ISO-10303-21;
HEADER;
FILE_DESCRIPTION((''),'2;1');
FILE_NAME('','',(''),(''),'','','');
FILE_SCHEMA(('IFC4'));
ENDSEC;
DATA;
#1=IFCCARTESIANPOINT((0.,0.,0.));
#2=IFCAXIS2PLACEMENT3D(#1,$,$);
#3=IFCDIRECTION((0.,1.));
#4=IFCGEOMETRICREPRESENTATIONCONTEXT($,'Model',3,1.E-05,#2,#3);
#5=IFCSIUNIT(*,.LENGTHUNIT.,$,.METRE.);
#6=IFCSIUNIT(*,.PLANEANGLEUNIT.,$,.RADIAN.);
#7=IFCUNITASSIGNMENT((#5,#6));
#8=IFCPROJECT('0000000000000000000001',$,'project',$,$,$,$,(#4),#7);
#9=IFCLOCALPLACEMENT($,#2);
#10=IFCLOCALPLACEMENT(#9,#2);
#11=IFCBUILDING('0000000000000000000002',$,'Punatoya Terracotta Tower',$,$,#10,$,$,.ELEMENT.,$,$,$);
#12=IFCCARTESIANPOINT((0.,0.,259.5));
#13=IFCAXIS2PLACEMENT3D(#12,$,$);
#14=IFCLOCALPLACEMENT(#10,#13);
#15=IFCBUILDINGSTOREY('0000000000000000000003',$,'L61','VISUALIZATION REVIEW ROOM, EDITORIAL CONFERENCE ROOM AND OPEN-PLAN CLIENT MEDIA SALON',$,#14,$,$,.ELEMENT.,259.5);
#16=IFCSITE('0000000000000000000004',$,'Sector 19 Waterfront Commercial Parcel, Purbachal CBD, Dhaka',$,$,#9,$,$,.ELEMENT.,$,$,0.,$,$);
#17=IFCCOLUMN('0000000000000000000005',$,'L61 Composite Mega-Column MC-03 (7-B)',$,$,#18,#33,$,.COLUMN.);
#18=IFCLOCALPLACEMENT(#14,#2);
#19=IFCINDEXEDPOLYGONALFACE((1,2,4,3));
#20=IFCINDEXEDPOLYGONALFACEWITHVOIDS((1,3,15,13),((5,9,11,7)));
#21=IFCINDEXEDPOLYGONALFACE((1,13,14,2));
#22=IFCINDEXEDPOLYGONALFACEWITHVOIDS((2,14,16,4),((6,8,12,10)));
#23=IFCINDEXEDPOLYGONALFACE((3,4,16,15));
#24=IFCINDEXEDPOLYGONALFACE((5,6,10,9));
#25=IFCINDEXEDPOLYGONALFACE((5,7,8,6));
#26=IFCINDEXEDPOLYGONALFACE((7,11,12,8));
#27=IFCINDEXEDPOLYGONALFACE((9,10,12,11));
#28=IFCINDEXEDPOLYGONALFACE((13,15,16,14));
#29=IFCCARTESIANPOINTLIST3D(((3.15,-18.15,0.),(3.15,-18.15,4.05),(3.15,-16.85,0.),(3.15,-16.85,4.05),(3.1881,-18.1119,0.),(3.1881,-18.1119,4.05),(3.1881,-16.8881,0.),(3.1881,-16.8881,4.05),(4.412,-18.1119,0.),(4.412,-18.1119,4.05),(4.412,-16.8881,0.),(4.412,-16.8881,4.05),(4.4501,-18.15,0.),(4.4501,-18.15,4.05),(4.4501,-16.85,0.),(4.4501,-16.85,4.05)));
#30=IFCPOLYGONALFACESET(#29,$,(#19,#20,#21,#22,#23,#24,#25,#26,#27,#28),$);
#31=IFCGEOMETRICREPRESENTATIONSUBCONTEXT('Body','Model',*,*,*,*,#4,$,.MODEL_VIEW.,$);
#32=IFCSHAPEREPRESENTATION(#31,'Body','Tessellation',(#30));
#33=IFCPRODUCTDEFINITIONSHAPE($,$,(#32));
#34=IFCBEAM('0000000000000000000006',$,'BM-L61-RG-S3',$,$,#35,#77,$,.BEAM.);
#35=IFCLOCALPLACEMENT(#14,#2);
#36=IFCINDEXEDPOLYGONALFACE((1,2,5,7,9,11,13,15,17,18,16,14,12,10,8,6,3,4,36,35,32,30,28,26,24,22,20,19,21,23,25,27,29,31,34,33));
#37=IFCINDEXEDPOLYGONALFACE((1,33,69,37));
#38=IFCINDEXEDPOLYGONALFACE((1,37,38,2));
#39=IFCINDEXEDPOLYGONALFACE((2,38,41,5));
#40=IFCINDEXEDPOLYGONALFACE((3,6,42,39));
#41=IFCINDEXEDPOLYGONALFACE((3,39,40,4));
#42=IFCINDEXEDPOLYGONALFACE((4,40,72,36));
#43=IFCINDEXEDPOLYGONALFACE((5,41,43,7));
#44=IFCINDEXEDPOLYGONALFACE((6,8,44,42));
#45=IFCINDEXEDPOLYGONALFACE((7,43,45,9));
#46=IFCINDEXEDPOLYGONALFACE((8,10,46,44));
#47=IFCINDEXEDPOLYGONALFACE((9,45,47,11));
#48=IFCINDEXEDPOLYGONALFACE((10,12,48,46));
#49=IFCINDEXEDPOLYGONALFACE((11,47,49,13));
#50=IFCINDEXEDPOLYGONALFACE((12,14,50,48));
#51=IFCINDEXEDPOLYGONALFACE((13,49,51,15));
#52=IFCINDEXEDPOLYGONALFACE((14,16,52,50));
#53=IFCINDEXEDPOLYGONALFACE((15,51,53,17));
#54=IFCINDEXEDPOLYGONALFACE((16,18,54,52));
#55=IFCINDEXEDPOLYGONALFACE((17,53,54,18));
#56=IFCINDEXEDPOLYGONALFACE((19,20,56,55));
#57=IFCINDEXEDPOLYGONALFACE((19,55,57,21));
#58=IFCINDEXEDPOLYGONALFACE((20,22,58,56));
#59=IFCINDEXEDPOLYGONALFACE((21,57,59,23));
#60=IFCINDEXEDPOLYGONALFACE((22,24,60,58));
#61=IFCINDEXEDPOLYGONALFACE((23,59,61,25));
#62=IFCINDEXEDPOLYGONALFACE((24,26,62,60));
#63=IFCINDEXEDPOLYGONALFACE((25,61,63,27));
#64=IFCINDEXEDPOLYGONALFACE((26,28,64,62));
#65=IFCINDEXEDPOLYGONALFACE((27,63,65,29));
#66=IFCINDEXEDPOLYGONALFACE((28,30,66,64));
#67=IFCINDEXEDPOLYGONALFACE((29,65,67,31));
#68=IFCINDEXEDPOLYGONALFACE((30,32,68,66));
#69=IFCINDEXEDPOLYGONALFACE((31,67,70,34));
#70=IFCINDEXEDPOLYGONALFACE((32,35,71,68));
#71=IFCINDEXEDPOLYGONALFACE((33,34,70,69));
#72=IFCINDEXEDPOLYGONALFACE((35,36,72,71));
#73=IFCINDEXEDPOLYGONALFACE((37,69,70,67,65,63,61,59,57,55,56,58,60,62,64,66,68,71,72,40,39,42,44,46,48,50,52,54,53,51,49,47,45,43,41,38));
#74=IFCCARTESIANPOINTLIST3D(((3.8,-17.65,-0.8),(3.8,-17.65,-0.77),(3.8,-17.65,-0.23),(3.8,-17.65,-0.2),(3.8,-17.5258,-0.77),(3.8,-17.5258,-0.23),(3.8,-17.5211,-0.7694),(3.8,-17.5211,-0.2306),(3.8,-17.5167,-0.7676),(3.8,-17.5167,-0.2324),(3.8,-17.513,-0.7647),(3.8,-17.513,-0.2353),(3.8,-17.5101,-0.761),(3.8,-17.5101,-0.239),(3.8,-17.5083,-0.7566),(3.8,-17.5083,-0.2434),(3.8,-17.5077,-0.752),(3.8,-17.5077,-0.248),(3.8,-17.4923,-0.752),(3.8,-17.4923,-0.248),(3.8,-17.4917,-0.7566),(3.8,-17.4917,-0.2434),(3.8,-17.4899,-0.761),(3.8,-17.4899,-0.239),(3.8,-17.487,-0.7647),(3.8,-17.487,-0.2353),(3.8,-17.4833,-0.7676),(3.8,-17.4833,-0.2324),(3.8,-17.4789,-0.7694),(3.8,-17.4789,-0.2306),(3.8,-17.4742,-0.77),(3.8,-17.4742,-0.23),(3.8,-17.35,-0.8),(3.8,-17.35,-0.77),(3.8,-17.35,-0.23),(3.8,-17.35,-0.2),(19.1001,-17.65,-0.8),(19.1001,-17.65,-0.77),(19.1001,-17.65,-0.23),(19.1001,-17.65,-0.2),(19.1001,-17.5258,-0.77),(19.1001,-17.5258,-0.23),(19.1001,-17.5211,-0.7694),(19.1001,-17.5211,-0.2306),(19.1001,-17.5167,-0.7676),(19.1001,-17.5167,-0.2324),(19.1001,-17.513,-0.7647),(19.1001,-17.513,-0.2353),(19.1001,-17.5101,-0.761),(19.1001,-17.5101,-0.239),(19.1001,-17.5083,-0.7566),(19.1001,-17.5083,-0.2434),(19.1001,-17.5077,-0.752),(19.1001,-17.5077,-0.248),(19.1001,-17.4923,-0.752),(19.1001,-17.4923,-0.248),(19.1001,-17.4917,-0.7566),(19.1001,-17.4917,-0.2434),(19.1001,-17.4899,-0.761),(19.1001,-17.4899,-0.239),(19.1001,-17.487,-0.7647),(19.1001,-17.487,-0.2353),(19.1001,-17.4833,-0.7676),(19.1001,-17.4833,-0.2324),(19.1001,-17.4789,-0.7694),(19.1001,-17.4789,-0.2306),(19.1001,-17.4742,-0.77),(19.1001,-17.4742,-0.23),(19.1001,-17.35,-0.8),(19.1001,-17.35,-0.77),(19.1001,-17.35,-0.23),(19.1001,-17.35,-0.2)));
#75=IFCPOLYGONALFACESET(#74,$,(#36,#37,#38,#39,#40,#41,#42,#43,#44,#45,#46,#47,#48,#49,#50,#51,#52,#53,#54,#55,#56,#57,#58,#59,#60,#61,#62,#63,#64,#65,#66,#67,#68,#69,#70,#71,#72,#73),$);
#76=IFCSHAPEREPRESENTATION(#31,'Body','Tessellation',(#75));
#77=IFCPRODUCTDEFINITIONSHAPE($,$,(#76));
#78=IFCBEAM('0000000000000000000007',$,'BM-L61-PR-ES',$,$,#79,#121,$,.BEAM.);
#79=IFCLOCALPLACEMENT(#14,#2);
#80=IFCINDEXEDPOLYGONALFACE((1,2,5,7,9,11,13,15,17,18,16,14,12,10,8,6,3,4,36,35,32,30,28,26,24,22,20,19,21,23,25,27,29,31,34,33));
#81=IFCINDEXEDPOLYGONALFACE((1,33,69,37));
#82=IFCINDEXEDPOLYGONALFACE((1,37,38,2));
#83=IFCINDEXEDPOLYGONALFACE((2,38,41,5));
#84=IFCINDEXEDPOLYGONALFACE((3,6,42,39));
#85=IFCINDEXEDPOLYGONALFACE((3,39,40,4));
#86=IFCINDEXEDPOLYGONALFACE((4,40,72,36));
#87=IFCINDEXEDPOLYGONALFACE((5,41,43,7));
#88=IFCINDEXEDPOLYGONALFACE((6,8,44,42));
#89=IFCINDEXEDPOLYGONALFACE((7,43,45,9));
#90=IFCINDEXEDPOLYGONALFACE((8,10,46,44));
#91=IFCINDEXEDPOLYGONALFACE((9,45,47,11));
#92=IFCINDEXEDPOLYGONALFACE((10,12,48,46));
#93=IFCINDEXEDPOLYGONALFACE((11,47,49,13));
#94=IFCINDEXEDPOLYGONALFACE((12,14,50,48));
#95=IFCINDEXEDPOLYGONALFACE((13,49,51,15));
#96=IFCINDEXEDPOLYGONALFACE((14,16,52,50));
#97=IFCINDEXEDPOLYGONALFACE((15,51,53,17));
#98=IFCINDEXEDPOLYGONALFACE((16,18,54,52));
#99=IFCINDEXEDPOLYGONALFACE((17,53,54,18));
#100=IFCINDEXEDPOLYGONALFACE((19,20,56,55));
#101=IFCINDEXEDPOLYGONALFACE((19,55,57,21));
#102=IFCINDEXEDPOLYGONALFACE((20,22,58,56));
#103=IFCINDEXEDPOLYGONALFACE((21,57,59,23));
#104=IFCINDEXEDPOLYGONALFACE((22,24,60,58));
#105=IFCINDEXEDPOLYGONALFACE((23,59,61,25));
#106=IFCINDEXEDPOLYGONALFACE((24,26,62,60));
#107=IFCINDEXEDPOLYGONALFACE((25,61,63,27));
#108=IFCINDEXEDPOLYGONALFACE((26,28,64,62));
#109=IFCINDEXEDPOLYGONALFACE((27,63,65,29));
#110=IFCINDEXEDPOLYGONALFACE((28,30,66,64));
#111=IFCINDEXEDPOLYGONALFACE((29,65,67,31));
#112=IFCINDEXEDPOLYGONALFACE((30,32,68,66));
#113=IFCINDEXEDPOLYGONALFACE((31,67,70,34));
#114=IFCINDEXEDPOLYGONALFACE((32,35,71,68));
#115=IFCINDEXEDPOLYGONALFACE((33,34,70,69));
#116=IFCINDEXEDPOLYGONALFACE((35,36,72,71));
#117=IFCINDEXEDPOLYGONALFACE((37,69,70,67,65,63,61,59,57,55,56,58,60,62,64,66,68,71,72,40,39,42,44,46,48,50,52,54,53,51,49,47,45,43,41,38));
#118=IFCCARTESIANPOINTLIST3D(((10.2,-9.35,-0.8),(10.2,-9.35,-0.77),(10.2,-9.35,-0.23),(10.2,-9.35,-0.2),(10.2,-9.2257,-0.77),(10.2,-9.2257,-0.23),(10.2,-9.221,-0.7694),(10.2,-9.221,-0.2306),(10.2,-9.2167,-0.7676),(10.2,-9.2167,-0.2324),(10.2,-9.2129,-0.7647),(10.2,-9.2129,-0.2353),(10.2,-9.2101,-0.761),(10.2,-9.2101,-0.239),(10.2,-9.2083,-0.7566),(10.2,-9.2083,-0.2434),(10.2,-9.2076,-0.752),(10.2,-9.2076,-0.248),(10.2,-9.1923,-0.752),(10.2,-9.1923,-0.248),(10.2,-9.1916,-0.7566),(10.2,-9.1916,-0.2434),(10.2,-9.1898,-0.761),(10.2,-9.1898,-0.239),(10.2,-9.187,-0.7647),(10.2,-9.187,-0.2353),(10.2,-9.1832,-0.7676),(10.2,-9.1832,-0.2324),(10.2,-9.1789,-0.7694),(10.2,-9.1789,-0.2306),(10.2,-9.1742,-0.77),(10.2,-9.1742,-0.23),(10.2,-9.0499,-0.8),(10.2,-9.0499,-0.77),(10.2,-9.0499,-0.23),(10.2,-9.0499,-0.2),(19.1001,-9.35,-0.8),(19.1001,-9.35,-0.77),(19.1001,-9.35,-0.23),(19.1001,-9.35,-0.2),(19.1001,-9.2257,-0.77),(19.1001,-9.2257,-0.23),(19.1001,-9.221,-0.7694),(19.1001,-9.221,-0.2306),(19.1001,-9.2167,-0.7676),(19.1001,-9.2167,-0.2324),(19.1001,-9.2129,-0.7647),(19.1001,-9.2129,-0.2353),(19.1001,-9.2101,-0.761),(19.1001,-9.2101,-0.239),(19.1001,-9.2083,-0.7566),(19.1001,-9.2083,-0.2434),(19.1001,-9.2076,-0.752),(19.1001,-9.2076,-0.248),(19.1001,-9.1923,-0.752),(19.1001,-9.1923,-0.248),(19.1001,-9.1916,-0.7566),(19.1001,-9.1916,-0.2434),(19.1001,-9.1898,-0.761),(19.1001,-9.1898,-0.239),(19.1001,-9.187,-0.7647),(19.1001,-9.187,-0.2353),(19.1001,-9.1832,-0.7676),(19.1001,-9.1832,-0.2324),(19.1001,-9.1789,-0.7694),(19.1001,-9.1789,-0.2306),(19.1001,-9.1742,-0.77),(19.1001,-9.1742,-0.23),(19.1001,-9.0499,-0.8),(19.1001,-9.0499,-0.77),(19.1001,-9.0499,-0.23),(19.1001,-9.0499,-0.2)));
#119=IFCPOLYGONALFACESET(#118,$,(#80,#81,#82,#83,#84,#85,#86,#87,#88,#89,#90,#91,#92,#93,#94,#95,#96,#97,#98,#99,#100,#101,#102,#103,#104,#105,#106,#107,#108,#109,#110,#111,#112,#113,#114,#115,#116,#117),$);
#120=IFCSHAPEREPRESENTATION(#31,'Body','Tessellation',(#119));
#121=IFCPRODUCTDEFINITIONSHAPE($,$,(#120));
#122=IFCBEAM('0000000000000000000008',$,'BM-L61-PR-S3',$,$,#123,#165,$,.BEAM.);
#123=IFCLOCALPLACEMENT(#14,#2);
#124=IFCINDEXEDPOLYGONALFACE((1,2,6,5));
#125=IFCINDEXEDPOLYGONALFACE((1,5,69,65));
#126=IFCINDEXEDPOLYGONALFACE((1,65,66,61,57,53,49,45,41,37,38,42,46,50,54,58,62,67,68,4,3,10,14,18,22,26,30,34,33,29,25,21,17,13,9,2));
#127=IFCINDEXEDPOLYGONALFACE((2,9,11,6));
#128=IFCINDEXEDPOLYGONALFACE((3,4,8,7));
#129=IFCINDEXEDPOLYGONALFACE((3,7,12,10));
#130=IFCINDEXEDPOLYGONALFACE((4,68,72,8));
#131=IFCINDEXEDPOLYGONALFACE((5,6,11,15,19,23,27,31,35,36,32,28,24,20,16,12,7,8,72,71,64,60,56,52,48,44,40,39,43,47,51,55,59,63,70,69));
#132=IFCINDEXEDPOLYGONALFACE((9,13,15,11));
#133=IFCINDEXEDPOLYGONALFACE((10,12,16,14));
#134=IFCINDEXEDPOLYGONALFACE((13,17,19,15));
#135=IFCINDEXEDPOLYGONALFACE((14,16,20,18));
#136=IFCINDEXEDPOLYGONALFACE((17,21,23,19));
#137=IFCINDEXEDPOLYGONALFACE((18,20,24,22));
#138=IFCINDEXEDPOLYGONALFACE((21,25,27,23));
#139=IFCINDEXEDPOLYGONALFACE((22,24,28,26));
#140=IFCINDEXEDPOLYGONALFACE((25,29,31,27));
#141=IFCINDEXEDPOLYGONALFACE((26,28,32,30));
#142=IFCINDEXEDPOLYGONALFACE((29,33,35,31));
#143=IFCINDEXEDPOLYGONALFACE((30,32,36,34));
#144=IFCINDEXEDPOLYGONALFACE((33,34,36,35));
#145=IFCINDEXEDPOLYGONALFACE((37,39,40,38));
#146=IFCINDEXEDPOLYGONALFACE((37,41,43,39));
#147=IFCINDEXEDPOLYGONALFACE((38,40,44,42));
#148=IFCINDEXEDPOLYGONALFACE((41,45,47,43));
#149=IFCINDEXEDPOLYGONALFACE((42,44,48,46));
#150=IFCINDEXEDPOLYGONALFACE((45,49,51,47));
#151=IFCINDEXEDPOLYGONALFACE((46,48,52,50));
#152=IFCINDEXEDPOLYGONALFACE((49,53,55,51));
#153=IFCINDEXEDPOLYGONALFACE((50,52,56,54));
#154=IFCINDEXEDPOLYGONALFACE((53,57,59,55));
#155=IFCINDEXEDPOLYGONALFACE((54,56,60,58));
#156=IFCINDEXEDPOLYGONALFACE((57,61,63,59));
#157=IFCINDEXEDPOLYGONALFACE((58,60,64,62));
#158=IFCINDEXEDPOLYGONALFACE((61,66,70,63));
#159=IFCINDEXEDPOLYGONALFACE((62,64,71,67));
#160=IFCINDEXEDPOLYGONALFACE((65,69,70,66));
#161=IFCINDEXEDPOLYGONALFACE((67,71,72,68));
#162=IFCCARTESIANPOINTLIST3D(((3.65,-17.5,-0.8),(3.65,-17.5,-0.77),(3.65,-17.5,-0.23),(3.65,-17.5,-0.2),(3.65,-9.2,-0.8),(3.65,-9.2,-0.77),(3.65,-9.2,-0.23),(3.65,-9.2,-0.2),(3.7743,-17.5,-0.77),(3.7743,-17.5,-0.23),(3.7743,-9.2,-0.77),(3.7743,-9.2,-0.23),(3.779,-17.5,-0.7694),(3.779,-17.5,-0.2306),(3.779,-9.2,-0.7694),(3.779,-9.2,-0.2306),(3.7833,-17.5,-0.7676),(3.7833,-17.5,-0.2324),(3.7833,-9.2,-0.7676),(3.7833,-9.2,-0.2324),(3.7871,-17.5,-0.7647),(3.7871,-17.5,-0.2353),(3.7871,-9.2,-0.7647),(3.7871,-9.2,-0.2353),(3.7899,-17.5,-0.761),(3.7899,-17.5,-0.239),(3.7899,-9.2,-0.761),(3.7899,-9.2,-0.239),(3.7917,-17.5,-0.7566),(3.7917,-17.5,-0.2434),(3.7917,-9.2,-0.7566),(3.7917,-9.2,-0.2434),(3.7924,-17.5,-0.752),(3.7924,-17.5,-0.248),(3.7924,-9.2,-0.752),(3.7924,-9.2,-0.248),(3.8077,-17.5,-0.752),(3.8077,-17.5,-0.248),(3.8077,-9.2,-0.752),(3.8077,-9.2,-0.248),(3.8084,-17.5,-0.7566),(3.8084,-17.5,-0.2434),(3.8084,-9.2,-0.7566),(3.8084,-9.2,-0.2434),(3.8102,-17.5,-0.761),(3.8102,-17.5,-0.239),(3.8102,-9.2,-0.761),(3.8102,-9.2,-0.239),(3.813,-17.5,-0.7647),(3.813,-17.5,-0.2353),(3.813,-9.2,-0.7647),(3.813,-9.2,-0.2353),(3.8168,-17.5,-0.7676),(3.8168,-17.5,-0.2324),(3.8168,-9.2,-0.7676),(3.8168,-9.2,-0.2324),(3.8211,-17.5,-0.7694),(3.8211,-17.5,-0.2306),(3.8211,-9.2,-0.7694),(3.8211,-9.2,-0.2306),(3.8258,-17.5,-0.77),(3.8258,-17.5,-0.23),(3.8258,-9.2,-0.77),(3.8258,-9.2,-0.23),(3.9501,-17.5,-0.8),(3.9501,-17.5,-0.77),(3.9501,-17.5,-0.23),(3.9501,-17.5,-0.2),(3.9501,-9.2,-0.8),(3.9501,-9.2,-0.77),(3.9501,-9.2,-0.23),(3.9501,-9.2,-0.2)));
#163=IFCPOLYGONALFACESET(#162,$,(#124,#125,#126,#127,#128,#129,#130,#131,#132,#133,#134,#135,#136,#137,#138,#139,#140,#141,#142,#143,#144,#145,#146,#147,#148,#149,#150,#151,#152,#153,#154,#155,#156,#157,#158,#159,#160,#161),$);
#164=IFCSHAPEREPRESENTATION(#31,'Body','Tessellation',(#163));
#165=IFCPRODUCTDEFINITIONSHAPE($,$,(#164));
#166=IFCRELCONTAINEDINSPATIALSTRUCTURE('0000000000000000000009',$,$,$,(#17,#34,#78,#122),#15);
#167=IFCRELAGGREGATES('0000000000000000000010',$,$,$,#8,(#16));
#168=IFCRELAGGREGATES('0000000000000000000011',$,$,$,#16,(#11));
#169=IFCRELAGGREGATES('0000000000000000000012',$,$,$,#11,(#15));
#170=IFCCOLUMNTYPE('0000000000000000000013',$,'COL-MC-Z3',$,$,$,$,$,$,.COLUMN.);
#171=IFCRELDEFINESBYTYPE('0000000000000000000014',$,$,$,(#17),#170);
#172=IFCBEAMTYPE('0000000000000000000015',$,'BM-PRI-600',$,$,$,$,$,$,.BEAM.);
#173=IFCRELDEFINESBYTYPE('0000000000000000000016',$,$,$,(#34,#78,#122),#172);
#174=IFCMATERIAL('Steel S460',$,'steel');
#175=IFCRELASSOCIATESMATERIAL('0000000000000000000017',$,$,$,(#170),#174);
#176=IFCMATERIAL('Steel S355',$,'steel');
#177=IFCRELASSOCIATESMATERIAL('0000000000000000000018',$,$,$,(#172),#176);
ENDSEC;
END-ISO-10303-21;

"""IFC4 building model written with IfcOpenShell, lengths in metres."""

from ifc_helpers import new_model, si_unit, direction, frame, origin, origin_2d, place, context, subcontext, project, spatial, hollow_rectangle, i_section, extrude, material, material_profile, profile_set, type_object, element, save


model = new_model("IFC4")

# Units and contexts
model_context = context("Model", 3, precision=1e-05, world=origin(), true_north=direction((0.0, 1.0)))
body_context = subcontext(model_context, "Body", "Model", "MODEL_VIEW")
ifc_project = project(units=[si_unit("LENGTHUNIT", "METRE"), si_unit("PLANEANGLEUNIT", "RADIAN")], contexts=[model_context])

# Site, building, storey
site_placement = place(None, origin())
site = spatial("IfcSite", under=ifc_project, at=site_placement, Name="Sector 19 Waterfront Commercial Parcel, Purbachal CBD, Dhaka", CompositionType="ELEMENT", RefElevation=0.0)
building_placement = place(site_placement, origin())
building = spatial("IfcBuilding", under=site, at=building_placement, Name="Punatoya Terracotta Tower", CompositionType="ELEMENT")
storey_placement = place(building_placement, frame((0.0, 0.0, 259.5)))
storey = spatial("IfcBuildingStorey", under=building, at=storey_placement, Name="L61", Description="VISUALIZATION REVIEW ROOM, EDITORIAL CONFERENCE ROOM AND OPEN-PLAN CLIENT MEDIA SALON", CompositionType="ELEMENT", Elevation=259.5)

# Column
ifc_material_1 = material(Name="Steel S460", Category="steel")
ifc_material_profile_1 = material_profile(ifc_material_1, hollow_rectangle(XDim=1.3, YDim=1.3, WallThickness=0.0381, at=origin_2d()))
ifc_profile_set_1 = profile_set([ifc_material_profile_1], Name="Steel S460")
column_type = type_object("IfcColumnType", Name="COL-MC-Z3", PredefinedType="COLUMN", material=ifc_profile_set_1)
column_placement = place(storey_placement, frame((3.8, -17.5, 0.0), z_axis=(0.0, 0.0, 1.0), x_axis=(1.0, 0.0, 0.0)))
element("IfcColumn", 1, at=column_placement, inside=storey, type_object=column_type, Name="L61 Composite Mega-Column MC-03 (7-B)", PredefinedType="COLUMN", context=body_context, shape_type="SweptSolid", body=[
    extrude(hollow_rectangle(XDim=1.3, YDim=1.3, WallThickness=0.0381, at=origin_2d()), origin(), (0.0, 0.0, 1.0), 4.05),
])

# Beams
ifc_material_2 = material(Name="Steel S355", Category="steel")
ifc_material_profile_2 = material_profile(ifc_material_2, i_section(OverallWidth=0.3, OverallDepth=0.6001, WebThickness=0.0154, FlangeThickness=0.03, FilletRadius=0.0181, at=origin_2d()))
ifc_profile_set_2 = profile_set([ifc_material_profile_2], Name="Steel S355")
beam_type_1 = type_object("IfcBeamType", Name="BM-PRI-600", PredefinedType="BEAM", material=ifc_profile_set_2)
beam_1_placement = place(storey_placement, frame((3.8, -17.5, -0.5), z_axis=(1.0, 0.0, 0.0), x_axis=(0.0, 1.0, 0.0)))
element("IfcBeam", 2, at=beam_1_placement, inside=storey, type_object=beam_type_1, Name="BM-L61-RG-S3", PredefinedType="BEAM", context=body_context, shape_type="SweptSolid", body=[
    extrude(i_section(OverallWidth=0.3, OverallDepth=0.6001, WebThickness=0.0154, FlangeThickness=0.03, FilletRadius=0.0181, at=origin_2d()), origin(), (0.0, 0.0, 1.0), 15.3),
])
beam_2_placement = place(storey_placement, frame((10.2, -9.2, -0.5), z_axis=(1.0, 0.0, 0.0), x_axis=(0.0, 1.0, 0.0)))
element("IfcBeam", 3, at=beam_2_placement, inside=storey, type_object=beam_type_1, Name="BM-L61-PR-ES", PredefinedType="BEAM", context=body_context, shape_type="SweptSolid", body=[
    extrude(i_section(OverallWidth=0.3, OverallDepth=0.6001, WebThickness=0.0154, FlangeThickness=0.03, FilletRadius=0.0181, at=origin_2d()), origin(), (0.0, 0.0, 1.0), 8.9001),
])
for number, where, z_axis, x_axis, name in (
    (4, (3.8, -17.5, -0.5), (0.0, 1.0, 0.0), (-1.0, 0.0, 0.0), "BM-L61-PR-S3"),
):
    element("IfcBeam", number, at=place(storey_placement, frame(where, z_axis=z_axis, x_axis=x_axis)), inside=storey, type_object=beam_type_1, Name=name, PredefinedType="BEAM", context=body_context, shape_type="SweptSolid", body=[
        extrude(i_section(OverallWidth=0.3, OverallDepth=0.6001, WebThickness=0.0154, FlangeThickness=0.03, FilletRadius=0.0181, at=origin_2d()), origin(), (0.0, 0.0, 1.0), 8.3),
    ])

save(model, "model.ifc")
